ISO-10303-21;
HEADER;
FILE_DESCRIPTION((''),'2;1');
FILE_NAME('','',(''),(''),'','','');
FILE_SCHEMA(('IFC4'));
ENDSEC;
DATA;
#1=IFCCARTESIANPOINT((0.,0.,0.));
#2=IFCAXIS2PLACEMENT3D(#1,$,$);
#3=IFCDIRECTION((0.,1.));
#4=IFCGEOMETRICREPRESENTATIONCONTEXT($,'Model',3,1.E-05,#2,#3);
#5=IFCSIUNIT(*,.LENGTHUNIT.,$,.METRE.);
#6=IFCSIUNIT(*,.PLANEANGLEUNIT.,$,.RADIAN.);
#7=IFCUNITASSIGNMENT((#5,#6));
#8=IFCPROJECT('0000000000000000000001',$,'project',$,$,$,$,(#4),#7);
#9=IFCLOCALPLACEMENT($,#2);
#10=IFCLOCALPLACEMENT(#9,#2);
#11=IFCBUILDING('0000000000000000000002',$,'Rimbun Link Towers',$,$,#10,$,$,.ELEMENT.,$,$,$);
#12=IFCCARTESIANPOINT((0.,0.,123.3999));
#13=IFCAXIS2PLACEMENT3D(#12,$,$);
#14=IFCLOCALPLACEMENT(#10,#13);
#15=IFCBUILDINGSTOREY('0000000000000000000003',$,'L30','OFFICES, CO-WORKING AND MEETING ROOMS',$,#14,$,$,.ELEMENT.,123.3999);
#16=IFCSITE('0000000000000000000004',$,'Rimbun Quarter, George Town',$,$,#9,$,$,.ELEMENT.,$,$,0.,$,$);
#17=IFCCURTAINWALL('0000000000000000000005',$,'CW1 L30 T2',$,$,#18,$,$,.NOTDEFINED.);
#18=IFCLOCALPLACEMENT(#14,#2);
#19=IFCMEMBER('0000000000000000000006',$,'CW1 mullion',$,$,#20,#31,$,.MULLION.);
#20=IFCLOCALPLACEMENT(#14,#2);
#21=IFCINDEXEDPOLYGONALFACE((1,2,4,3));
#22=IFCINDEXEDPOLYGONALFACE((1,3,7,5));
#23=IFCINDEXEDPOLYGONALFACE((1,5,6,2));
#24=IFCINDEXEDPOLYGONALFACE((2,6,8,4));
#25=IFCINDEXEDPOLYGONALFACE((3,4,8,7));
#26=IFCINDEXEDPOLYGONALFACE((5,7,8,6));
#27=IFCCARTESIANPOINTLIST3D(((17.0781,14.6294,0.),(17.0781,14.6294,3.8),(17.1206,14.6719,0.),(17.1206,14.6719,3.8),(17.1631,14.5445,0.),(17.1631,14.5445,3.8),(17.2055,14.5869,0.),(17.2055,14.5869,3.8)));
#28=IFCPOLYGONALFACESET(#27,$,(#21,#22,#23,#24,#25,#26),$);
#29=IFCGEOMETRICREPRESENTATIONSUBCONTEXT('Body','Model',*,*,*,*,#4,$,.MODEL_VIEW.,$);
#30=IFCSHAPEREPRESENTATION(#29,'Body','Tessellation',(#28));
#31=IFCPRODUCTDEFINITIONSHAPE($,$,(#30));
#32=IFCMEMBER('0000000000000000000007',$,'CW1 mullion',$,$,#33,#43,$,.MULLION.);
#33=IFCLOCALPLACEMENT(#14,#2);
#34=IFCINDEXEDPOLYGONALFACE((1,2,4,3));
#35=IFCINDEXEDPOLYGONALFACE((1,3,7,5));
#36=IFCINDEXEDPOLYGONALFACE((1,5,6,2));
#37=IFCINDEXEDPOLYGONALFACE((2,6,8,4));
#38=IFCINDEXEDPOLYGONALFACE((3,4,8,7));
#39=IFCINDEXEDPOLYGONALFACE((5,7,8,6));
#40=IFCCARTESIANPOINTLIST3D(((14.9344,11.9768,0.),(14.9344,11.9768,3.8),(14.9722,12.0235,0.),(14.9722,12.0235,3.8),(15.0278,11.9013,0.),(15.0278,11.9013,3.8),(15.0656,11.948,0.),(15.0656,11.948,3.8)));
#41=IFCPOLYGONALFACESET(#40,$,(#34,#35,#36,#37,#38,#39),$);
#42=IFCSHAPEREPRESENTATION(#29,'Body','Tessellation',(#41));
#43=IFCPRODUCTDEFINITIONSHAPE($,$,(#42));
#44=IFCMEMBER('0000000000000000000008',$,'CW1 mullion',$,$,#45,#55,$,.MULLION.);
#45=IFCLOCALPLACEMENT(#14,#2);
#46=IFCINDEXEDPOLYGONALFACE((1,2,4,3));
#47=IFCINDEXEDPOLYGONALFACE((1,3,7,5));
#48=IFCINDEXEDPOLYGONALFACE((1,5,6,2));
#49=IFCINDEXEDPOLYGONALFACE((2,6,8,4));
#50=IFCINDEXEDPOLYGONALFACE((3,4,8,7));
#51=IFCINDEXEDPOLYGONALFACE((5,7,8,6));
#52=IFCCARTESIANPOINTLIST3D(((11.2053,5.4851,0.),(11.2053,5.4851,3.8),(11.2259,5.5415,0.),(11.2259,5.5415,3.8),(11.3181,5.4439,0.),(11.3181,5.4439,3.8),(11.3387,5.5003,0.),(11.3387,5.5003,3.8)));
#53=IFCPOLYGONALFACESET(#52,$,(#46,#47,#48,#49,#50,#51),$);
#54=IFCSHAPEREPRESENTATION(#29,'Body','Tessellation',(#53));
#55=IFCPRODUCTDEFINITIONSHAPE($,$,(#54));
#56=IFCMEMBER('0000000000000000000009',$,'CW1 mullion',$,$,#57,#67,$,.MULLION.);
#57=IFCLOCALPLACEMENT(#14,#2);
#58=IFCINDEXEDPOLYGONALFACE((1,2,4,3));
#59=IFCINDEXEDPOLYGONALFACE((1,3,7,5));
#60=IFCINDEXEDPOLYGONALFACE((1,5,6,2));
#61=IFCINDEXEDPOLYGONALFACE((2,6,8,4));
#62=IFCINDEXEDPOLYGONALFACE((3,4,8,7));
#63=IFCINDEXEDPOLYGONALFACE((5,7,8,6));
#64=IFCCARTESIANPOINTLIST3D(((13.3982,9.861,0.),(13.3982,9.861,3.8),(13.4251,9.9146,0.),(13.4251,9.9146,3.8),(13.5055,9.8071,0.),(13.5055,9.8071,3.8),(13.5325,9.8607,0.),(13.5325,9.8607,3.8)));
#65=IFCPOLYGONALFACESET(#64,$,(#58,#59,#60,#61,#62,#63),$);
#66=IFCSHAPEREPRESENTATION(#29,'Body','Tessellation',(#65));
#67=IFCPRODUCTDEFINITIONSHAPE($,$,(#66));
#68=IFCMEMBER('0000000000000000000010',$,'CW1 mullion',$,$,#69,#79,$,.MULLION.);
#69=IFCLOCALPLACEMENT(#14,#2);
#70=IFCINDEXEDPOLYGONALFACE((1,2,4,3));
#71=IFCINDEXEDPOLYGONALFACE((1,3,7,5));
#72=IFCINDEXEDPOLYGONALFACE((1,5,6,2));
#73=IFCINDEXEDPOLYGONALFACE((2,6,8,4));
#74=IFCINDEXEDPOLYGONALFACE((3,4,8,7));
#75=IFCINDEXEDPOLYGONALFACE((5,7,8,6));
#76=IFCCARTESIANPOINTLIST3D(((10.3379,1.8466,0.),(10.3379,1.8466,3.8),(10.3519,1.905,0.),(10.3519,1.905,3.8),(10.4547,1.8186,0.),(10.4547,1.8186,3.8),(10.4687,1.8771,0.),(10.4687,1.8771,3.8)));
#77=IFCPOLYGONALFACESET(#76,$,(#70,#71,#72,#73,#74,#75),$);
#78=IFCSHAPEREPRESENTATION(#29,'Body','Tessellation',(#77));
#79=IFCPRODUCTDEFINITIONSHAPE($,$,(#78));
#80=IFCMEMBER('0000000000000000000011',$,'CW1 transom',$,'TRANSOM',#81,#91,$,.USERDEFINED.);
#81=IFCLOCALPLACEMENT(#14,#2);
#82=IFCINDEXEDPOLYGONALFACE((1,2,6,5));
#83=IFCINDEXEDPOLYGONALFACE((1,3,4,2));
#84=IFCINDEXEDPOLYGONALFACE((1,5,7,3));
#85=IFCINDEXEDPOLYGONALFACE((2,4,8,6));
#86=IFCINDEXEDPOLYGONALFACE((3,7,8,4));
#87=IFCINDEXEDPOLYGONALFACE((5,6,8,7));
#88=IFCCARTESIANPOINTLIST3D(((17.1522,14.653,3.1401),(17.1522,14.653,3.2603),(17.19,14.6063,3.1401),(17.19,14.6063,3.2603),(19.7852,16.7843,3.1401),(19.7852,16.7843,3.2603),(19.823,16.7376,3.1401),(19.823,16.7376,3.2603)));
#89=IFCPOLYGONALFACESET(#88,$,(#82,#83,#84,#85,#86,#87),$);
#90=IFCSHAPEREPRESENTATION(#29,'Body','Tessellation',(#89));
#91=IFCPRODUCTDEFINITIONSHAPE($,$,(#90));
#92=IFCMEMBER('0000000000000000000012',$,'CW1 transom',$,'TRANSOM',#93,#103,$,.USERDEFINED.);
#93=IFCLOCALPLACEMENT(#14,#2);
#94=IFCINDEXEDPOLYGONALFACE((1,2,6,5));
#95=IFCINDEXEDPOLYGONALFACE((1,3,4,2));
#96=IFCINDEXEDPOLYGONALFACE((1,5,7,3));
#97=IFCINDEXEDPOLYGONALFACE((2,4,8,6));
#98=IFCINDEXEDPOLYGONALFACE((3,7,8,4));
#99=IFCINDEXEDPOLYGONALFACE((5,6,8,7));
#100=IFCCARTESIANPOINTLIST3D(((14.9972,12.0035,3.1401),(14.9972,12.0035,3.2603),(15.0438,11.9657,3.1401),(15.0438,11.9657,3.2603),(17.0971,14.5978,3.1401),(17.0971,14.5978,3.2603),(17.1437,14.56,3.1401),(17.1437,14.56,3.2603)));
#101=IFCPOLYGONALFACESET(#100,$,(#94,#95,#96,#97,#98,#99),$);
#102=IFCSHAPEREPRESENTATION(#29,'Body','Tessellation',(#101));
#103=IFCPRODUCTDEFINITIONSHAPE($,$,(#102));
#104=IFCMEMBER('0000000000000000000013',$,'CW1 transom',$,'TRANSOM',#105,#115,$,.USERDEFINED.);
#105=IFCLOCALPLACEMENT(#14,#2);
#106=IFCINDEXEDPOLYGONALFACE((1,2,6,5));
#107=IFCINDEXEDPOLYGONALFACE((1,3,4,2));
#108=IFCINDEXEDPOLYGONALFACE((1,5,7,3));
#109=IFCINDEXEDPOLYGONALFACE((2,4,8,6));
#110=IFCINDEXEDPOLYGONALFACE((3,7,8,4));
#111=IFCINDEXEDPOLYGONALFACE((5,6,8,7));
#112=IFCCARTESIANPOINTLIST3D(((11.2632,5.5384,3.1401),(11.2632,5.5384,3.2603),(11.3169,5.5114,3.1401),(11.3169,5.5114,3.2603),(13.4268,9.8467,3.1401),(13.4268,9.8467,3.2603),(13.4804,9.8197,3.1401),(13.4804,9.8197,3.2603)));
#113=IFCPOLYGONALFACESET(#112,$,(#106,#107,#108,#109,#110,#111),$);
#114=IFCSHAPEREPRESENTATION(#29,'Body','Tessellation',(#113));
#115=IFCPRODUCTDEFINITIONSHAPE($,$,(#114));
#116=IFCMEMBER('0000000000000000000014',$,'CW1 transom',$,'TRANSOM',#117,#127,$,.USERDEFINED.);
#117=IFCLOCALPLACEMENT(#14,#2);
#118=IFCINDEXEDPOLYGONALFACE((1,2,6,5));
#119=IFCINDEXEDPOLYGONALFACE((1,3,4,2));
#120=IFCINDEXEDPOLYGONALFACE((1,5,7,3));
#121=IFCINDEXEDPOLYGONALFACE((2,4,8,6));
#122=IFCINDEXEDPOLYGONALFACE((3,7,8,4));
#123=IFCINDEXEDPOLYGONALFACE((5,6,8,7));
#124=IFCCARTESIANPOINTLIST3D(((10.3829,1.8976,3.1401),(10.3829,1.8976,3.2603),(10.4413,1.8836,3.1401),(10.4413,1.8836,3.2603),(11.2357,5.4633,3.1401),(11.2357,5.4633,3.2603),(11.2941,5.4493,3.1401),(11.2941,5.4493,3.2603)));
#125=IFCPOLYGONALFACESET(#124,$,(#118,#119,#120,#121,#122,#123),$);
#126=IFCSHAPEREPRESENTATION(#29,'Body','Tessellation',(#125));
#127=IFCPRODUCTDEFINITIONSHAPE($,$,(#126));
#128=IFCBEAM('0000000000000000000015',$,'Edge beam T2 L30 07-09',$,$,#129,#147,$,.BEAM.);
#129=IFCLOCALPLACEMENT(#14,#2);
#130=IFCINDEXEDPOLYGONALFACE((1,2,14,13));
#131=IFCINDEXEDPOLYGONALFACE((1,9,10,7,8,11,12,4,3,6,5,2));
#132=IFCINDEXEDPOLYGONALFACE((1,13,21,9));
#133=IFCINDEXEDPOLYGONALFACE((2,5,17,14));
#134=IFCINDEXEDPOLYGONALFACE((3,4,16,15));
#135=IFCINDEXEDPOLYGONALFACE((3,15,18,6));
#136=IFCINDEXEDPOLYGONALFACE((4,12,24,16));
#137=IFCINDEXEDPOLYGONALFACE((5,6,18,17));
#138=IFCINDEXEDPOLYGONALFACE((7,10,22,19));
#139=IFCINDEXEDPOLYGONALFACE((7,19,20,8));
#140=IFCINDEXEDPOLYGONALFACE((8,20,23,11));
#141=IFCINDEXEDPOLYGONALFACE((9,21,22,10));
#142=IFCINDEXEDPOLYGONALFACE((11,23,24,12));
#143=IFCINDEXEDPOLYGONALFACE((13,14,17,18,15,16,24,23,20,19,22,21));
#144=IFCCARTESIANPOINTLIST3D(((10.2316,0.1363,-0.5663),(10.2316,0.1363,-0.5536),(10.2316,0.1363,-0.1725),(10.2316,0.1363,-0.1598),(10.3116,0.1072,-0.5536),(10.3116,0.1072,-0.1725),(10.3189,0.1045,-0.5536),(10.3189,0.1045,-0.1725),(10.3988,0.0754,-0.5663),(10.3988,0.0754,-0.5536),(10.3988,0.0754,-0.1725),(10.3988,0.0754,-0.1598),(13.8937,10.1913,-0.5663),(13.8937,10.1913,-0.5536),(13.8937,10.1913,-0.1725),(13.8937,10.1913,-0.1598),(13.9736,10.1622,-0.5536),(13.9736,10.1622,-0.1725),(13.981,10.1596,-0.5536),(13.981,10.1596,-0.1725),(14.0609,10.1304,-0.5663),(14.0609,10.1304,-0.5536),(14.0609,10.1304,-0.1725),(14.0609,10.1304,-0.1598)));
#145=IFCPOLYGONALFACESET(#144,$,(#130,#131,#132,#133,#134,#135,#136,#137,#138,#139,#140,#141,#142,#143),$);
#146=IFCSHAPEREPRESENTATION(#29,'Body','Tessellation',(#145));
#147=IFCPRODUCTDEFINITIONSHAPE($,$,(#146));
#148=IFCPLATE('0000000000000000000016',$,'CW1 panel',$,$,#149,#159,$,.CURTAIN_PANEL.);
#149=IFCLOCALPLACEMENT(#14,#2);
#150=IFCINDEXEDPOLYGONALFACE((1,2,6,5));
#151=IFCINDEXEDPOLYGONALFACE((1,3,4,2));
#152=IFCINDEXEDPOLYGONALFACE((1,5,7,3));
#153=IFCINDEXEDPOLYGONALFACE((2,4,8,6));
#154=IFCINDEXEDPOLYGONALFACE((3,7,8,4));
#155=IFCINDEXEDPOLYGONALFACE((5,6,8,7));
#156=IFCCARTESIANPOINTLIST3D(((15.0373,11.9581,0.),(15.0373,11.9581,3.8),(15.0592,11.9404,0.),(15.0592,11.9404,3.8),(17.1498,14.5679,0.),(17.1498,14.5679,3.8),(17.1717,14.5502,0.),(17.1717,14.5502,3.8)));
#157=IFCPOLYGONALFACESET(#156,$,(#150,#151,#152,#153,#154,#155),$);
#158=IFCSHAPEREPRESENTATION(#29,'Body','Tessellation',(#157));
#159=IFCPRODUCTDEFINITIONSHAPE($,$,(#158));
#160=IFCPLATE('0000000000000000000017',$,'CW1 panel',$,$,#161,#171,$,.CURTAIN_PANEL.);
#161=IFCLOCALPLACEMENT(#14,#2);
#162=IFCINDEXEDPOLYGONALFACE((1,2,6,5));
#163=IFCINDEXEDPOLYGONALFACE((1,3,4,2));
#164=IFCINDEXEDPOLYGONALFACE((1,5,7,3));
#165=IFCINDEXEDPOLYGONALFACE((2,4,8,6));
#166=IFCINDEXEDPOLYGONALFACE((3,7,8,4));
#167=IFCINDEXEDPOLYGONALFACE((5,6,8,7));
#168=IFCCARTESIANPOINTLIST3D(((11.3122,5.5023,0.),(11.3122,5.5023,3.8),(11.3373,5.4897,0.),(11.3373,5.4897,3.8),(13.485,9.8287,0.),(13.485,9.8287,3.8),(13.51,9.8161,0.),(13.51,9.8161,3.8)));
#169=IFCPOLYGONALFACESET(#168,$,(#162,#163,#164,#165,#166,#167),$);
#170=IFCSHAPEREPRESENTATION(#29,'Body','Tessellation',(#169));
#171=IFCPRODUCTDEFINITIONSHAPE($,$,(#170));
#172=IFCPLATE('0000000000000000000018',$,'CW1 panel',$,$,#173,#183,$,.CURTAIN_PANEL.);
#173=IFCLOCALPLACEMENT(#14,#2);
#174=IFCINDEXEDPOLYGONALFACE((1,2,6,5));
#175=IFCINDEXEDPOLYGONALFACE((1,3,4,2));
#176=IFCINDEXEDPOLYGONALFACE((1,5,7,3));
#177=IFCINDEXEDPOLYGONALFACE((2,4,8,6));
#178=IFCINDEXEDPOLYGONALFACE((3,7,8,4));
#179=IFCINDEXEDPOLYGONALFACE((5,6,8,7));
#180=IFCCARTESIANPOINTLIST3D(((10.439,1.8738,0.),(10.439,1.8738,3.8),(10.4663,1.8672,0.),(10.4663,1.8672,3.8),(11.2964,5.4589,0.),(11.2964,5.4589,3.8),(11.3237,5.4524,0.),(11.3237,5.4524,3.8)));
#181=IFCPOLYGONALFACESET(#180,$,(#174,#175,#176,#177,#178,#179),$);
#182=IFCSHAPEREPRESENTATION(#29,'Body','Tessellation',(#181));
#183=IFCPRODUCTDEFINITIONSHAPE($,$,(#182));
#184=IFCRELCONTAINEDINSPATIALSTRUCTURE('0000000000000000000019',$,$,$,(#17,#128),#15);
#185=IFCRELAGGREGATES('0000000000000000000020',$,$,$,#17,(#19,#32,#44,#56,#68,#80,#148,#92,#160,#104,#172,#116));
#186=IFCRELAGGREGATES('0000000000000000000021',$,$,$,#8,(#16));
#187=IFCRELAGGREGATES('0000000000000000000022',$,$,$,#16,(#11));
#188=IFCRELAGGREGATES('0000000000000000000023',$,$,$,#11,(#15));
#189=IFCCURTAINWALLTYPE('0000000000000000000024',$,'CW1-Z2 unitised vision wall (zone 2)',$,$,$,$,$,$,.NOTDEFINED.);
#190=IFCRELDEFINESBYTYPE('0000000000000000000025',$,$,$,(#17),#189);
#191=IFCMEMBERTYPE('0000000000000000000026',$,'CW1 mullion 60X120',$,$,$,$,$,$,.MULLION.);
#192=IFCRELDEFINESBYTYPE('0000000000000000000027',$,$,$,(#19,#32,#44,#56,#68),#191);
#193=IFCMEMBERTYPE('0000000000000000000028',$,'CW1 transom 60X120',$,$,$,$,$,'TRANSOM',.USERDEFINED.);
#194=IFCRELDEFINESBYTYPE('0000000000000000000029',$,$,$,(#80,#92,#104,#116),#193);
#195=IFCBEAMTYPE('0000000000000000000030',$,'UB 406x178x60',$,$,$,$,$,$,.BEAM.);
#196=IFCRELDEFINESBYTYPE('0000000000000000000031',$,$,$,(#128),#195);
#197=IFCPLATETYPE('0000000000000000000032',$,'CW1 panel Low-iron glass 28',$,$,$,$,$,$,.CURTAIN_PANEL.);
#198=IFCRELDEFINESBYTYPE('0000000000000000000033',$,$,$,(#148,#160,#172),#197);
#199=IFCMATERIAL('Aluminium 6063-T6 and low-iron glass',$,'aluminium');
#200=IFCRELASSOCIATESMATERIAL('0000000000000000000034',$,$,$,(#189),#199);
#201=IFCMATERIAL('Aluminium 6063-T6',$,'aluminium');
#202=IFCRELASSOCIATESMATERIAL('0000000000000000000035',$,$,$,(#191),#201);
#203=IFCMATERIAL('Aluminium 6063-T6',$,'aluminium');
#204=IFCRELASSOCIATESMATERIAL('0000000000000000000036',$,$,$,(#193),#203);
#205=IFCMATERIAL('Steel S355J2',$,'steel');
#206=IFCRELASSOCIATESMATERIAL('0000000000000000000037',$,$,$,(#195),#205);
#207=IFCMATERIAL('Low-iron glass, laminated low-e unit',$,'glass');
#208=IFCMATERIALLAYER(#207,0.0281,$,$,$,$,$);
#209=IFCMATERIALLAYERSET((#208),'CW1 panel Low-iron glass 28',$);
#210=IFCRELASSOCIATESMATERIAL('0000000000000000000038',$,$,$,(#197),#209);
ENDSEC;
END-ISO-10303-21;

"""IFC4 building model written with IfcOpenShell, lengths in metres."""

from ifc_helpers import new_model, si_unit, direction, frame, origin, origin_2d, place, context, subcontext, project, spatial, rectangle, i_section, extrude, material, layer, layer_set, material_profile, profile_set, type_object, element, aggregate, save


model = new_model("IFC4")

# Units and contexts
model_context = context("Model", 3, precision=1e-05, world=origin(), true_north=direction((0.0, 1.0)))
body_context = subcontext(model_context, "Body", "Model", "MODEL_VIEW")
ifc_project = project(units=[si_unit("LENGTHUNIT", "METRE"), si_unit("PLANEANGLEUNIT", "RADIAN")], contexts=[model_context])

# Site, building, storey
site_placement = place(None, origin())
site = spatial("IfcSite", under=ifc_project, at=site_placement, Name="Rimbun Quarter, George Town", CompositionType="ELEMENT", RefElevation=0.0)
building_placement = place(site_placement, origin())
building = spatial("IfcBuilding", under=site, at=building_placement, Name="Rimbun Link Towers", CompositionType="ELEMENT")
storey_placement = place(building_placement, frame((0.0, 0.0, 123.3999)))
storey = spatial("IfcBuildingStorey", under=building, at=storey_placement, Name="L30", Description="OFFICES, CO-WORKING AND MEETING ROOMS", CompositionType="ELEMENT", Elevation=123.3999)

# Curtain wall, members
ifc_material_1 = material(Name="Aluminium 6063-T6 and low-iron glass", Category="aluminium")
curtain_wall_type = type_object("IfcCurtainWallType", Name="CW1-Z2 unitised vision wall (zone 2)", PredefinedType="NOTDEFINED", material=ifc_material_1)
curtain_wall_placement = place(storey_placement, origin())
curtain_wall = element("IfcCurtainWall", 1, at=curtain_wall_placement, inside=storey, type_object=curtain_wall_type, Name="CW1 L30 T2", PredefinedType="NOTDEFINED")
ifc_material_2 = material(Name="Aluminium 6063-T6", Category="aluminium")
ifc_material_profile_1 = material_profile(ifc_material_2, rectangle(XDim=0.1201, YDim=0.0601, at=origin_2d()), Name="MULLION 60X120")
ifc_profile_set_1 = profile_set([ifc_material_profile_1], Name="Aluminium 6063-T6")
member_type_1 = type_object("IfcMemberType", Name="CW1 mullion 60X120", PredefinedType="MULLION", material=ifc_profile_set_1)
member_1_placement = place(storey_placement, frame((17.1418, 14.6082, 0.0), z_axis=(0.0, 0.0, 1.0), x_axis=(-0.707107, 0.707107, 0.0)))
member_1 = element("IfcMember", 2, at=member_1_placement, type_object=member_type_1, Name="CW1 mullion", PredefinedType="MULLION", context=body_context, shape_type="SweptSolid", body=[
    extrude(rectangle(XDim=0.1201, YDim=0.0601, at=origin_2d()), origin(), (0.0, 0.0, 1.0), 3.8),
])
member_2_placement = place(storey_placement, frame((15.0, 11.9624, 0.0), z_axis=(0.0, 0.0, 1.0), x_axis=(-0.777277, 0.629158, 0.0)))
member_2 = element("IfcMember", 3, at=member_2_placement, type_object=member_type_1, Name="CW1 mullion", PredefinedType="MULLION", context=body_context, shape_type="SweptSolid", body=[
    extrude(rectangle(XDim=0.1201, YDim=0.0601, at=origin_2d()), origin(), (0.0, 0.0, 1.0), 3.8),
])
member_3_placement = place(storey_placement, frame((11.272, 5.4927, 0.0), z_axis=(0.0, 0.0, 1.0), x_axis=(-0.939345, 0.342975, 0.0)))
member_3 = element("IfcMember", 4, at=member_3_placement, type_object=member_type_1, Name="CW1 mullion", PredefinedType="MULLION", context=body_context, shape_type="SweptSolid", body=[
    extrude(rectangle(XDim=0.1201, YDim=0.0601, at=origin_2d()), origin(), (0.0, 0.0, 1.0), 3.8),
])
member_4_placement = place(storey_placement, frame((13.4653, 9.8608, 0.0), z_axis=(0.0, 0.0, 1.0), x_axis=(-0.893638, 0.448789, 0.0)))
member_4 = element("IfcMember", 5, at=member_4_placement, type_object=member_type_1, Name="CW1 mullion", PredefinedType="MULLION", context=body_context, shape_type="SweptSolid", body=[
    extrude(rectangle(XDim=0.1201, YDim=0.0601, at=origin_2d()), origin(), (0.0, 0.0, 1.0), 3.8),
])
member_5_placement = place(storey_placement, frame((10.4033, 1.8618, 0.0), z_axis=(0.0, 0.0, 1.0), x_axis=(-0.972572, 0.232603, 0.0)))
member_5 = element("IfcMember", 6, at=member_5_placement, type_object=member_type_1, Name="CW1 mullion", PredefinedType="MULLION", context=body_context, shape_type="SweptSolid", body=[
    extrude(rectangle(XDim=0.1201, YDim=0.0601, at=origin_2d()), origin(), (0.0, 0.0, 1.0), 3.8),
])
ifc_material_3 = material(Name="Aluminium 6063-T6", Category="aluminium")
ifc_material_profile_2 = material_profile(ifc_material_3, rectangle(XDim=0.0601, YDim=0.1201, at=origin_2d()), Name="TRANSOM 60X120")
ifc_profile_set_2 = profile_set([ifc_material_profile_2], Name="Aluminium 6063-T6")
member_type_2 = type_object("IfcMemberType", Name="CW1 transom 60X120", ElementType="TRANSOM", PredefinedType="USERDEFINED", material=ifc_profile_set_2)
member_6_placement = place(storey_placement, frame((17.1711, 14.6296, 3.2002), z_axis=(0.77727, 0.629167, 0.0), x_axis=(-0.629167, 0.77727, 0.0)))
member_6 = element("IfcMember", 7, at=member_6_placement, type_object=member_type_2, Name="CW1 transom", ObjectType="TRANSOM", PredefinedType="USERDEFINED", context=body_context, shape_type="SweptSolid", body=[
    extrude(rectangle(XDim=0.0601, YDim=0.1201, at=origin_2d()), origin(), (0.0, 0.0, 1.0), 3.3875),
])
member_7_placement = place(storey_placement, frame((15.0205, 11.9846, 3.2002), z_axis=(0.629154, 0.777281, 0.0), x_axis=(-0.777281, 0.629154, 0.0)))
member_7 = element("IfcMember", 8, at=member_7_placement, type_object=member_type_2, Name="CW1 transom", ObjectType="TRANSOM", PredefinedType="USERDEFINED", context=body_context, shape_type="SweptSolid", body=[
    extrude(rectangle(XDim=0.0601, YDim=0.1201, at=origin_2d()), origin(), (0.0, 0.0, 1.0), 3.3376),
])
member_8_placement = place(storey_placement, frame((11.29, 5.5249, 3.2002), z_axis=(0.448773, 0.893646, 0.0), x_axis=(-0.893646, 0.448773, 0.0)))
member_8 = element("IfcMember", 9, at=member_8_placement, type_object=member_type_2, Name="CW1 transom", ObjectType="TRANSOM", PredefinedType="USERDEFINED", context=body_context, shape_type="SweptSolid", body=[
    extrude(rectangle(XDim=0.0601, YDim=0.1201, at=origin_2d()), origin(), (0.0, 0.0, 1.0), 4.821),
])
member_9_placement = place(storey_placement, frame((10.4121, 1.8906, 3.2002), z_axis=(0.232605, 0.972571, 0.0), x_axis=(-0.972571, 0.232605, 0.0)))
member_9 = element("IfcMember", 10, at=member_9_placement, type_object=member_type_2, Name="CW1 transom", ObjectType="TRANSOM", PredefinedType="USERDEFINED", context=body_context, shape_type="SweptSolid", body=[
    extrude(rectangle(XDim=0.0601, YDim=0.1201, at=origin_2d()), origin(), (0.0, 0.0, 1.0), 3.6663),
])

# Beam
ifc_material_4 = material(Name="Steel S355J2", Category="steel")
ifc_material_profile_3 = material_profile(ifc_material_4, i_section(OverallWidth=0.178, OverallDepth=0.4065, WebThickness=0.0078, FlangeThickness=0.0127, at=origin_2d()), Name="UB 406x178x60")
ifc_profile_set_3 = profile_set([ifc_material_profile_3], Name="Steel S355J2")
beam_type = type_object("IfcBeamType", Name="UB 406x178x60", PredefinedType="BEAM", material=ifc_profile_set_3)
beam_placement = place(storey_placement, frame((13.9773, 10.1609, -0.363), z_axis=(-0.342212, -0.939623, 0.0), x_axis=(0.939623, -0.342212, 0.0)))
element("IfcBeam", 11, at=beam_placement, inside=storey, type_object=beam_type, Name="Edge beam T2 L30 07-09", PredefinedType="BEAM", context=body_context, shape_type="SweptSolid", body=[
    extrude(i_section(OverallWidth=0.178, OverallDepth=0.4065, WebThickness=0.0078, FlangeThickness=0.0127, at=origin_2d()), origin(), (0.0, 0.0, 1.0), 10.7012),
])

# Plates
ifc_material_5 = material(Name="Low-iron glass, laminated low-e unit", Category="glass")
ifc_layer_1 = layer(ifc_material_5, 0.0281)
ifc_layer_set_1 = layer_set([ifc_layer_1], Name="CW1 panel Low-iron glass 28")
plate_type = type_object("IfcPlateType", Name="CW1 panel Low-iron glass 28", PredefinedType="CURTAIN_PANEL", material=ifc_layer_set_1)
plate_1_placement = place(storey_placement, frame((16.1045, 13.2542, 0.0), z_axis=(0.0, 0.0, 1.0), x_axis=(0.629158, 0.777277, 0.0)))
plate_1 = element("IfcPlate", 12, at=plate_1_placement, type_object=plate_type, Name="CW1 panel", PredefinedType="CURTAIN_PANEL", context=body_context, shape_type="SweptSolid", body=[
    extrude(rectangle(XDim=3.3577, YDim=0.0281, at=origin_2d()), origin(), (0.0, 0.0, 1.0), 3.8),
])
plate_2_placement = place(storey_placement, frame((12.4111, 7.6592, 0.0), z_axis=(0.0, 0.0, 1.0), x_axis=(0.448789, 0.893638, 0.0)))
plate_2 = element("IfcPlate", 13, at=plate_2_placement, type_object=plate_type, Name="CW1 panel", PredefinedType="CURTAIN_PANEL", context=body_context, shape_type="SweptSolid", body=[
    extrude(rectangle(XDim=4.8413, YDim=0.0281, at=origin_2d()), origin(), (0.0, 0.0, 1.0), 3.8),
])
plate_3_placement = place(storey_placement, frame((10.8813, 3.6631, 0.0), z_axis=(0.0, 0.0, 1.0), x_axis=(0.232603, 0.972572, 0.0)))
plate_3 = element("IfcPlate", 14, at=plate_3_placement, type_object=plate_type, Name="CW1 panel", PredefinedType="CURTAIN_PANEL", context=body_context, shape_type="SweptSolid", body=[
    extrude(rectangle(XDim=3.6863, YDim=0.0281, at=origin_2d()), origin(), (0.0, 0.0, 1.0), 3.8),
])
aggregate(curtain_wall, [member_1, member_2, member_3, member_4, member_5, member_6, plate_1, member_7, plate_2, member_8, plate_3, member_9])

save(model, "model.ifc")
